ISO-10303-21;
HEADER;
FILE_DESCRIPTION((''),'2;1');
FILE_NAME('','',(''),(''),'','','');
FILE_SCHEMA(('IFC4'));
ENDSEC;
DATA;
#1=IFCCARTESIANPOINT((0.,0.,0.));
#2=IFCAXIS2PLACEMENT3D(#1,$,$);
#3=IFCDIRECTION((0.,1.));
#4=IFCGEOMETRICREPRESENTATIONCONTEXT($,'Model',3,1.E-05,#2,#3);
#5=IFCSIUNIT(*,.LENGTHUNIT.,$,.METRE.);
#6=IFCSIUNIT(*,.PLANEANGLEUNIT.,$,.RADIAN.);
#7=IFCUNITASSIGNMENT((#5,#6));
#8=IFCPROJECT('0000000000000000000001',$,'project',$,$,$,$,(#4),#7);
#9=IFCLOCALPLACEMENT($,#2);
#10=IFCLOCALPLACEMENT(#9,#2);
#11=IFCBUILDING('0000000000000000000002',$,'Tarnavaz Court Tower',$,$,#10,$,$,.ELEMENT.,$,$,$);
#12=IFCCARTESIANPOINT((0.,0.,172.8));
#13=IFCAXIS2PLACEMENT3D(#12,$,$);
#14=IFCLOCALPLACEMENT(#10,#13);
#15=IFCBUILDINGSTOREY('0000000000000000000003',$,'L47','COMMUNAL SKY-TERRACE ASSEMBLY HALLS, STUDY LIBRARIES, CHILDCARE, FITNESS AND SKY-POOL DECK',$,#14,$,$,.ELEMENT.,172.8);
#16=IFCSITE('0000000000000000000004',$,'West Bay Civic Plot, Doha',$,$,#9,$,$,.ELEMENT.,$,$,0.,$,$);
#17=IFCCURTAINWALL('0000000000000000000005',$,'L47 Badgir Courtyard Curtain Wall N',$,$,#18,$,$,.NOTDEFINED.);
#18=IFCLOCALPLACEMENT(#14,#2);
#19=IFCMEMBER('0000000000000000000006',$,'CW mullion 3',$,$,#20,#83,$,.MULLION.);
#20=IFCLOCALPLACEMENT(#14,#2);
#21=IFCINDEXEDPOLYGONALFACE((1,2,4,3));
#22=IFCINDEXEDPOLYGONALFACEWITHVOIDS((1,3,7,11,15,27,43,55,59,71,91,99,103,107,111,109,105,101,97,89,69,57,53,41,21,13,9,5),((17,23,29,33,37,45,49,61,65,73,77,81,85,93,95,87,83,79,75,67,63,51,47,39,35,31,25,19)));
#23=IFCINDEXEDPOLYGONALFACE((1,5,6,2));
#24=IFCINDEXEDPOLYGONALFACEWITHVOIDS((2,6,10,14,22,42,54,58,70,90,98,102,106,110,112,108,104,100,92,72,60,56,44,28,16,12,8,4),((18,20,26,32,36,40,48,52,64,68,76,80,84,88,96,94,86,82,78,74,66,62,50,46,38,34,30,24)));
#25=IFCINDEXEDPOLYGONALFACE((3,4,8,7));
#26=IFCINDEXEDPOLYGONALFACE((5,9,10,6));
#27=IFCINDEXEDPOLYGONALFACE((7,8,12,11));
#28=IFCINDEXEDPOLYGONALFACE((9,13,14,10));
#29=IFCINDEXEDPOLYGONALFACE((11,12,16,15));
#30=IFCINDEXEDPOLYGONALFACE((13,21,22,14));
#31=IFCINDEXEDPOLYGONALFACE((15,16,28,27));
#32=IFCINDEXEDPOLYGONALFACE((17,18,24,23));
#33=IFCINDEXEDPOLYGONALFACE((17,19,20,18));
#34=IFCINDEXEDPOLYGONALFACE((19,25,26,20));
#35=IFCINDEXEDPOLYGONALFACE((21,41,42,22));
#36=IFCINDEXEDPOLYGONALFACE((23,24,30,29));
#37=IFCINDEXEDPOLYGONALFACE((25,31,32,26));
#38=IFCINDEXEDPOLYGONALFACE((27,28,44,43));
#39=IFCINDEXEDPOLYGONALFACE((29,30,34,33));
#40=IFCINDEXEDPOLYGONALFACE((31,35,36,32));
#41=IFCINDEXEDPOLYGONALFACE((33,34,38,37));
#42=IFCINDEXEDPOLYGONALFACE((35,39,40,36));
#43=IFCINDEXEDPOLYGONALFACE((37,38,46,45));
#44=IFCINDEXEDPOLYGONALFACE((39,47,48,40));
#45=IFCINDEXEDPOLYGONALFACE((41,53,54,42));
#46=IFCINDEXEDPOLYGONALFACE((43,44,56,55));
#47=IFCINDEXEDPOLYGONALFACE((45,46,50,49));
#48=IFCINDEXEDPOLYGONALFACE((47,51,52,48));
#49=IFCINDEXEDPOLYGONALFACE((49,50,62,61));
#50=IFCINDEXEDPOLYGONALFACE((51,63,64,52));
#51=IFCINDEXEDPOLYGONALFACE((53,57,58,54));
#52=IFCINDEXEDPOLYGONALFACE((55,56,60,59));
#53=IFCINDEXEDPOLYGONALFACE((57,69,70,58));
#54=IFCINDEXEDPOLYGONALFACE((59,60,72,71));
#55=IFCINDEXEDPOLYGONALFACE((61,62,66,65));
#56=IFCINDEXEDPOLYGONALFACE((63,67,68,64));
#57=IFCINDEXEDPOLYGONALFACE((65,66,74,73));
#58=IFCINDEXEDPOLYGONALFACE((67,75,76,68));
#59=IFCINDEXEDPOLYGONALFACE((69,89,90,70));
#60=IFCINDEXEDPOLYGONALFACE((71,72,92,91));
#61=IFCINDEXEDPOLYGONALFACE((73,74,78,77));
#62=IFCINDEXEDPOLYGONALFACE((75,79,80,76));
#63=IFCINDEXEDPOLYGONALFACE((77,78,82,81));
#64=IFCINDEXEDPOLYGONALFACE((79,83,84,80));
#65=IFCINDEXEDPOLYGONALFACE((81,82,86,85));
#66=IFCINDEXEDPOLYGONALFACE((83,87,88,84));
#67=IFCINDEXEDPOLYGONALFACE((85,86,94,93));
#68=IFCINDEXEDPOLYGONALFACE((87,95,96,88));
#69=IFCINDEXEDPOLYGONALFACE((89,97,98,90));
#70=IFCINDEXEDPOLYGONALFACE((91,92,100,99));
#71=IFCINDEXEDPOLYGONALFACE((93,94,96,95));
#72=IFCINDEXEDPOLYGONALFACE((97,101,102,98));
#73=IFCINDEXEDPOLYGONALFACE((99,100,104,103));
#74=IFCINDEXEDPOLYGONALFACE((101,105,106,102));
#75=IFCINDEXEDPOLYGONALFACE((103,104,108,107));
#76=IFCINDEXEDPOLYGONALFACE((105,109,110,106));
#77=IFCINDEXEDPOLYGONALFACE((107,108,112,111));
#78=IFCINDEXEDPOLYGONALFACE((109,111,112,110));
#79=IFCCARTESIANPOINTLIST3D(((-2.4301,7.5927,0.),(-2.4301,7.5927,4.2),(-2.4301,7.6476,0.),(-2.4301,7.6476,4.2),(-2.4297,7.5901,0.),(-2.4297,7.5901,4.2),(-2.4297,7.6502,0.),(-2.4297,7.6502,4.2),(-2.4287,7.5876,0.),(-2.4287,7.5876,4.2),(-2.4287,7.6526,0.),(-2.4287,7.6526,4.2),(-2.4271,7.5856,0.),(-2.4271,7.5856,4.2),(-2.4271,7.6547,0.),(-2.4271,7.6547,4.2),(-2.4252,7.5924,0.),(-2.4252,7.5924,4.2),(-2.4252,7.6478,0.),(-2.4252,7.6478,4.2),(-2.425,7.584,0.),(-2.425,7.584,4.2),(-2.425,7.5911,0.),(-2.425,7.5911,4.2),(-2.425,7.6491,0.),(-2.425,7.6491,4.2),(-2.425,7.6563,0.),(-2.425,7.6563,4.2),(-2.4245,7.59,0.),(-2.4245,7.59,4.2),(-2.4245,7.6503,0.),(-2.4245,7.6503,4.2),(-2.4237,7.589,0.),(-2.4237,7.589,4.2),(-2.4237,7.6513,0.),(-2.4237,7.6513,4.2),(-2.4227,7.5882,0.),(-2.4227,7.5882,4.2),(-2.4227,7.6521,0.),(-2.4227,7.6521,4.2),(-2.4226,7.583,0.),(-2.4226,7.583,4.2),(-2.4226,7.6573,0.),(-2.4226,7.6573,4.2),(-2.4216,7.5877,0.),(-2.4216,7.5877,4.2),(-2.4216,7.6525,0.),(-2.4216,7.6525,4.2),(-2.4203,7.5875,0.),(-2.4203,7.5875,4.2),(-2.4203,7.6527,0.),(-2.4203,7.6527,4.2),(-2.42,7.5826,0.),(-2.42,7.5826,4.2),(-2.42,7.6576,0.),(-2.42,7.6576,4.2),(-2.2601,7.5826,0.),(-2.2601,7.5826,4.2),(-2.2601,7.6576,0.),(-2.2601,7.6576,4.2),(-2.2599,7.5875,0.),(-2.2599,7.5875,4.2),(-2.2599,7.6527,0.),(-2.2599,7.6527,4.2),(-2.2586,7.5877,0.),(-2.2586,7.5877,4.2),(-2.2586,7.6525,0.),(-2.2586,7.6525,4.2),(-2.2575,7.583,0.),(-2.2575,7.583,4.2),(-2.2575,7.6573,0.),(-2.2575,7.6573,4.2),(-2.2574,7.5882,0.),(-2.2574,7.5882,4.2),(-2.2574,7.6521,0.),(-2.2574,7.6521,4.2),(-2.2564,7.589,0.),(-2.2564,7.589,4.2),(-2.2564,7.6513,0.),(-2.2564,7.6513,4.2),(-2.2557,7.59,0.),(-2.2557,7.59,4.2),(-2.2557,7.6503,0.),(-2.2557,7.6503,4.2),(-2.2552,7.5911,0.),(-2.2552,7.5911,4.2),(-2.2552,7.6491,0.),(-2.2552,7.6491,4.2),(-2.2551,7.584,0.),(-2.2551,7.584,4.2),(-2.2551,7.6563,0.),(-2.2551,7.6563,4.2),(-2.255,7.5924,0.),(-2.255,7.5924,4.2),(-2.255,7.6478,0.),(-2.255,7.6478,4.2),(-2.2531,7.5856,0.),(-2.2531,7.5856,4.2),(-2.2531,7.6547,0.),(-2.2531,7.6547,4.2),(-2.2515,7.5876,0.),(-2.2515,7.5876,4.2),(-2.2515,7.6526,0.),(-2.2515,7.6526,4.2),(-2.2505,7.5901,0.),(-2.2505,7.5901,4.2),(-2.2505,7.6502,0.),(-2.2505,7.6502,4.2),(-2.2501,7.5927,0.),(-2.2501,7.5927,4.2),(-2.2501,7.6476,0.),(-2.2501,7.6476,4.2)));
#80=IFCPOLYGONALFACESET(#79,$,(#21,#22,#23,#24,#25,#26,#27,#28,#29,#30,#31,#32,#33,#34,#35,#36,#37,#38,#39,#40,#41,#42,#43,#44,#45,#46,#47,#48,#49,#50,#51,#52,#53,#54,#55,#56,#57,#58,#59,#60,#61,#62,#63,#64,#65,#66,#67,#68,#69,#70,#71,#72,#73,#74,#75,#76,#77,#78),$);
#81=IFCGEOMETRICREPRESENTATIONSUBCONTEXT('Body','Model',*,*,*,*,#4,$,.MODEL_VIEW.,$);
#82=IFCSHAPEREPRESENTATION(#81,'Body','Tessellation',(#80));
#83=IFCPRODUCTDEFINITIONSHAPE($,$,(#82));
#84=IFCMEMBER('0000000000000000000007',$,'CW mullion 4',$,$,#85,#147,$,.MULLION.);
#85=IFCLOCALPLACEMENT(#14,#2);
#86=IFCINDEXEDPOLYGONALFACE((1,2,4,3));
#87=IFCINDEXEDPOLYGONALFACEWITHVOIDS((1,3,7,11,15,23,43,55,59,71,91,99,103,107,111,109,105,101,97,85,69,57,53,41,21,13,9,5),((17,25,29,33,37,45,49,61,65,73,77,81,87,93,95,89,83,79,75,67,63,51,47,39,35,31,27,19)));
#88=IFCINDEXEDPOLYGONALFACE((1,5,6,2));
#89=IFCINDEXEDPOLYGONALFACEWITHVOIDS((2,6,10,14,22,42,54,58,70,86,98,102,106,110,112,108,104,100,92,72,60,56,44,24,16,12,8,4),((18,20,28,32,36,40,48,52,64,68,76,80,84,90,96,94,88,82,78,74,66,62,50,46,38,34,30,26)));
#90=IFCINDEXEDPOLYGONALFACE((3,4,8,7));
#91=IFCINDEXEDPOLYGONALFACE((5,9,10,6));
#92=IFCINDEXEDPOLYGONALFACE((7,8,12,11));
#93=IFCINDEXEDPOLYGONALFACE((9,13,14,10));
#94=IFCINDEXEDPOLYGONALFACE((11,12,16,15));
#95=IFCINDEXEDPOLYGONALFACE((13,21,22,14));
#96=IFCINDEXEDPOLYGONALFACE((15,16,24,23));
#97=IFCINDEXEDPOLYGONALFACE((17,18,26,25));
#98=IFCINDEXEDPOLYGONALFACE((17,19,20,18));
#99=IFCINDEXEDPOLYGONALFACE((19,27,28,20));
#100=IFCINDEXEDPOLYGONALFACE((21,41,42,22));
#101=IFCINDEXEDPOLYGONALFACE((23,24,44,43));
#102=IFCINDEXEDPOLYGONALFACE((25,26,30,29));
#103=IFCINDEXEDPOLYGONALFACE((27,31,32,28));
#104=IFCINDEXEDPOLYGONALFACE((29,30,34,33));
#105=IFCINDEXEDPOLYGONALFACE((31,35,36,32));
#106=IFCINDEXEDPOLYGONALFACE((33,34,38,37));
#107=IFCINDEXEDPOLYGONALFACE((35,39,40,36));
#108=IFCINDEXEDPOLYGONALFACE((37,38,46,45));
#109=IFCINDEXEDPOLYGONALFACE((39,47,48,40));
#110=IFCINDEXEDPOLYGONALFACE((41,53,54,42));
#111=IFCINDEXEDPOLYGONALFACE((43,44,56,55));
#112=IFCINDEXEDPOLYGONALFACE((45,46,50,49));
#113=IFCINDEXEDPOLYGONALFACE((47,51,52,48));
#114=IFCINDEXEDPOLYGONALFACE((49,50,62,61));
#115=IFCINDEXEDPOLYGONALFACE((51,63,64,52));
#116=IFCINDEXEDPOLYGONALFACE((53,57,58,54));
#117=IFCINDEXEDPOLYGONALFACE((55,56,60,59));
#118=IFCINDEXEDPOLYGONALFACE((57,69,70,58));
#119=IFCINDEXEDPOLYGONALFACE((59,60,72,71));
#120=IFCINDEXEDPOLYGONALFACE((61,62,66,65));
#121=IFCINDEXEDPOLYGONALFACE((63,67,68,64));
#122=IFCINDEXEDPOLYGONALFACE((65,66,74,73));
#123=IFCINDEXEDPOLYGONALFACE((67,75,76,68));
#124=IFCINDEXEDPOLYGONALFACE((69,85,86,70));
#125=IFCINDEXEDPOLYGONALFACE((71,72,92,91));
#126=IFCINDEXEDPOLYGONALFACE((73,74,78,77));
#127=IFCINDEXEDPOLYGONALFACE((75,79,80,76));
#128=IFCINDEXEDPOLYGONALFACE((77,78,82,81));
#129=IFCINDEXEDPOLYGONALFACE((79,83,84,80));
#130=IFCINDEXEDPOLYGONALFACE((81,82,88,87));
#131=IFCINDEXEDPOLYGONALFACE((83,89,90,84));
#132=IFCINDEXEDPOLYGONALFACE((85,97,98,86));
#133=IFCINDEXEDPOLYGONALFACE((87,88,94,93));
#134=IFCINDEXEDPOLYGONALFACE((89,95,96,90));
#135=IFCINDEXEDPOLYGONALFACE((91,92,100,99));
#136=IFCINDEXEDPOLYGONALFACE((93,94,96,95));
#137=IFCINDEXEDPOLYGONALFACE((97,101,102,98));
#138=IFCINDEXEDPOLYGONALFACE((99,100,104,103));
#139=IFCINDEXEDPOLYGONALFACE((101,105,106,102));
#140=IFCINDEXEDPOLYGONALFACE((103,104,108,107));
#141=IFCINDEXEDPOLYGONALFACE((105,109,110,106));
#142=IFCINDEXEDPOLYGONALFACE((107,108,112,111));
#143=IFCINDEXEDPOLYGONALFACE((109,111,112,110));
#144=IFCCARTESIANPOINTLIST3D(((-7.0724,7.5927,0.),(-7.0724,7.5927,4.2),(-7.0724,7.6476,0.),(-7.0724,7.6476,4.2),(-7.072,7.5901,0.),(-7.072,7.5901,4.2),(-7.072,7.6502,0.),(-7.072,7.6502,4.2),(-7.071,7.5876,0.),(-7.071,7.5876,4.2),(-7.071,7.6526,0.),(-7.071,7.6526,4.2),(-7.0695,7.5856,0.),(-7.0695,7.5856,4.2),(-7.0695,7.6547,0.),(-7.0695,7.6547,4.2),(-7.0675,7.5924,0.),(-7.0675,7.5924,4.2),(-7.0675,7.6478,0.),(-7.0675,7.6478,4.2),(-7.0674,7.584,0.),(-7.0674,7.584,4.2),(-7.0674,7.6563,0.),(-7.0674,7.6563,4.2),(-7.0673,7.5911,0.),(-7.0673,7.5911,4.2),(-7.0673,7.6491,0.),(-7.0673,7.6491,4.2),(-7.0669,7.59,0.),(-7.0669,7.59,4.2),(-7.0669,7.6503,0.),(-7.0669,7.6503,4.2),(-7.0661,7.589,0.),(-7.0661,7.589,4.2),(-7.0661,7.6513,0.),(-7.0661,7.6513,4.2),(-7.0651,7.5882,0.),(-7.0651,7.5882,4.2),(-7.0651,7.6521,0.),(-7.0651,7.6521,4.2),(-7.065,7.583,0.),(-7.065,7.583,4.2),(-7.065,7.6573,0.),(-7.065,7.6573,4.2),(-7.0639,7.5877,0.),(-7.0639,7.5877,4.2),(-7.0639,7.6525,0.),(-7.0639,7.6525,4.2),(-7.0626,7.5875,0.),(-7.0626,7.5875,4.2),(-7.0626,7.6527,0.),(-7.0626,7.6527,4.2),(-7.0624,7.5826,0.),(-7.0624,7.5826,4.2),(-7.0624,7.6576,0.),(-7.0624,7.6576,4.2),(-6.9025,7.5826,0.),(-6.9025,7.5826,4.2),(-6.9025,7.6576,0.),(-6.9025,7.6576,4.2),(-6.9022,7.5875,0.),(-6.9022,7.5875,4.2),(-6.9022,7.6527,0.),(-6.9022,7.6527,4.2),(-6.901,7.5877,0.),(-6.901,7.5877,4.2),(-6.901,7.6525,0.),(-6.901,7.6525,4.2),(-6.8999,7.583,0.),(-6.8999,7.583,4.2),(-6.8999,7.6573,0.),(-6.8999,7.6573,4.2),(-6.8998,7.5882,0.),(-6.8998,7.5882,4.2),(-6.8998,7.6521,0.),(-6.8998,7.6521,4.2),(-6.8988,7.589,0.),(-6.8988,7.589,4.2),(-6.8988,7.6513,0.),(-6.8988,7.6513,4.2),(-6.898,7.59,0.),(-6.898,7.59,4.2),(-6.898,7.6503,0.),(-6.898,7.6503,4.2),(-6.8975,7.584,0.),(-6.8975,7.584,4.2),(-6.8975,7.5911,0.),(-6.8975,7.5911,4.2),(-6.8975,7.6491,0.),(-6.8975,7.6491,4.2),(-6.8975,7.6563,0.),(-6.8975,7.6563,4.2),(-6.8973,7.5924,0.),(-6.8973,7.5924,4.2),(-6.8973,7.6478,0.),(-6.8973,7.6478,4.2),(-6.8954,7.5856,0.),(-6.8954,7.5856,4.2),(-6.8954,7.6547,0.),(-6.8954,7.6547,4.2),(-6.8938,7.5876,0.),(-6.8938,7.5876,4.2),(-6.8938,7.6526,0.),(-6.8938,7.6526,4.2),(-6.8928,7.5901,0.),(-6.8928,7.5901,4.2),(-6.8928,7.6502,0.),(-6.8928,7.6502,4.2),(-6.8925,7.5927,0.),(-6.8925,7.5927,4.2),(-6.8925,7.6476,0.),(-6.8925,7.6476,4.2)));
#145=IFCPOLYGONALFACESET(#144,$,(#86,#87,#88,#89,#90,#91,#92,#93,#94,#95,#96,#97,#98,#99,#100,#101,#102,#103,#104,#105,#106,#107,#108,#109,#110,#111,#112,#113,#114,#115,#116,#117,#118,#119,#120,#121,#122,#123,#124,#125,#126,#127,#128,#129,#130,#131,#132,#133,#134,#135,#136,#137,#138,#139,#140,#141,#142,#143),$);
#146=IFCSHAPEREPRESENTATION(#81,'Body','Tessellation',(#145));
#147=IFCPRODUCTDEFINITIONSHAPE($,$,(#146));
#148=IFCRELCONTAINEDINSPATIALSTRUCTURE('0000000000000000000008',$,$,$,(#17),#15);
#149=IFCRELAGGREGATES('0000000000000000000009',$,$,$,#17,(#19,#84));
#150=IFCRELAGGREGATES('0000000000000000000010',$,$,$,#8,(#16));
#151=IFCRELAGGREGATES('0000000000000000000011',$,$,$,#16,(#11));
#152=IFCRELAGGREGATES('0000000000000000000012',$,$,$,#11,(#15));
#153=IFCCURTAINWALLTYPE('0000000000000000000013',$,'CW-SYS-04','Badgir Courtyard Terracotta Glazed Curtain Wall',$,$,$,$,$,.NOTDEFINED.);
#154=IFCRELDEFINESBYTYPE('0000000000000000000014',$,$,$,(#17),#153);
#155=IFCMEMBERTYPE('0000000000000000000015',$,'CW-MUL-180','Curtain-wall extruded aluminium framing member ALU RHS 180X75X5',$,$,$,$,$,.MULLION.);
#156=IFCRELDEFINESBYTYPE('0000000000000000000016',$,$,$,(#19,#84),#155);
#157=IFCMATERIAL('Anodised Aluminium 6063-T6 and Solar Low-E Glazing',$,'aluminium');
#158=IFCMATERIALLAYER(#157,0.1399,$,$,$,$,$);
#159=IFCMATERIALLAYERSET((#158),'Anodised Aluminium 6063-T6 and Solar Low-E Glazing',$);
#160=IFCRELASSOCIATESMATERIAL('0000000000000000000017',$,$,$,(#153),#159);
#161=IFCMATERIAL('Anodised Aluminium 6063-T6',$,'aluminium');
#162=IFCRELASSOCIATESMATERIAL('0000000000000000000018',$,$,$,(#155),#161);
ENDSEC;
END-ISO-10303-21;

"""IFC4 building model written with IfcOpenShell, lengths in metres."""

from ifc_helpers import new_model, si_unit, direction, frame, origin, origin_2d, place, context, subcontext, project, spatial, hollow_rectangle, extrude, material, layer, layer_set, material_profile, profile_set, type_object, element, aggregate, save


model = new_model("IFC4")

# Units and contexts
model_context = context("Model", 3, precision=1e-05, world=origin(), true_north=direction((0.0, 1.0)))
body_context = subcontext(model_context, "Body", "Model", "MODEL_VIEW")
ifc_project = project(units=[si_unit("LENGTHUNIT", "METRE"), si_unit("PLANEANGLEUNIT", "RADIAN")], contexts=[model_context])

# Site, building, storey
site_placement = place(None, origin())
site = spatial("IfcSite", under=ifc_project, at=site_placement, Name="West Bay Civic Plot, Doha", CompositionType="ELEMENT", RefElevation=0.0)
building_placement = place(site_placement, origin())
building = spatial("IfcBuilding", under=site, at=building_placement, Name="Tarnavaz Court Tower", CompositionType="ELEMENT")
storey_placement = place(building_placement, frame((0.0, 0.0, 172.8)))
storey = spatial("IfcBuildingStorey", under=building, at=storey_placement, Name="L47", Description="COMMUNAL SKY-TERRACE ASSEMBLY HALLS, STUDY LIBRARIES, CHILDCARE, FITNESS AND SKY-POOL DECK", CompositionType="ELEMENT", Elevation=172.8)

# Curtain wall, members
ifc_material_1 = material(Name="Anodised Aluminium 6063-T6 and Solar Low-E Glazing", Category="aluminium")
ifc_layer_1 = layer(ifc_material_1, 0.1399)
ifc_layer_set_1 = layer_set([ifc_layer_1], Name="Anodised Aluminium 6063-T6 and Solar Low-E Glazing")
curtain_wall_type = type_object("IfcCurtainWallType", Name="CW-SYS-04", Description="Badgir Courtyard Terracotta Glazed Curtain Wall", PredefinedType="NOTDEFINED", material=ifc_layer_set_1)
curtain_wall_placement = place(storey_placement, origin())
curtain_wall = element("IfcCurtainWall", 1, at=curtain_wall_placement, inside=storey, type_object=curtain_wall_type, Name="L47 Badgir Courtyard Curtain Wall N", PredefinedType="NOTDEFINED")
ifc_material_2 = material(Name="Anodised Aluminium 6063-T6", Category="aluminium")
ifc_material_profile_1 = material_profile(ifc_material_2, hollow_rectangle(XDim=0.075, YDim=0.1799, WallThickness=0.0049, InnerFilletRadius=0.0049, OuterFilletRadius=0.01, at=origin_2d()), Name="ALU RHS 180X75X5")
ifc_profile_set_1 = profile_set([ifc_material_profile_1], Name="Anodised Aluminium 6063-T6")
member_type_1 = type_object("IfcMemberType", Name="CW-MUL-180", Description="Curtain-wall extruded aluminium framing member ALU RHS 180X75X5", PredefinedType="MULLION", material=ifc_profile_set_1)
member_1_placement = place(storey_placement, frame((-2.3401, 7.6201, 0.0), z_axis=(0.0, 0.0, 1.0), x_axis=(0.0, -1.0, 0.0)))
member_1 = element("IfcMember", 2, at=member_1_placement, type_object=member_type_1, Name="CW mullion 3", PredefinedType="MULLION", context=body_context, shape_type="SweptSolid", body=[
    extrude(hollow_rectangle(XDim=0.075, YDim=0.1799, WallThickness=0.0049, InnerFilletRadius=0.0049, OuterFilletRadius=0.01, at=origin_2d()), origin(), (0.0, 0.0, 1.0), 4.2),
])
member_2_placement = place(storey_placement, frame((-6.9824, 7.6201, 0.0), z_axis=(0.0, 0.0, 1.0), x_axis=(0.0, -1.0, 0.0)))
member_2 = element("IfcMember", 3, at=member_2_placement, type_object=member_type_1, Name="CW mullion 4", PredefinedType="MULLION", context=body_context, shape_type="SweptSolid", body=[
    extrude(hollow_rectangle(XDim=0.075, YDim=0.1799, WallThickness=0.0049, InnerFilletRadius=0.0049, OuterFilletRadius=0.01, at=origin_2d()), origin(), (0.0, 0.0, 1.0), 4.2),
])
aggregate(curtain_wall, [member_1, member_2])

save(model, "model.ifc")
